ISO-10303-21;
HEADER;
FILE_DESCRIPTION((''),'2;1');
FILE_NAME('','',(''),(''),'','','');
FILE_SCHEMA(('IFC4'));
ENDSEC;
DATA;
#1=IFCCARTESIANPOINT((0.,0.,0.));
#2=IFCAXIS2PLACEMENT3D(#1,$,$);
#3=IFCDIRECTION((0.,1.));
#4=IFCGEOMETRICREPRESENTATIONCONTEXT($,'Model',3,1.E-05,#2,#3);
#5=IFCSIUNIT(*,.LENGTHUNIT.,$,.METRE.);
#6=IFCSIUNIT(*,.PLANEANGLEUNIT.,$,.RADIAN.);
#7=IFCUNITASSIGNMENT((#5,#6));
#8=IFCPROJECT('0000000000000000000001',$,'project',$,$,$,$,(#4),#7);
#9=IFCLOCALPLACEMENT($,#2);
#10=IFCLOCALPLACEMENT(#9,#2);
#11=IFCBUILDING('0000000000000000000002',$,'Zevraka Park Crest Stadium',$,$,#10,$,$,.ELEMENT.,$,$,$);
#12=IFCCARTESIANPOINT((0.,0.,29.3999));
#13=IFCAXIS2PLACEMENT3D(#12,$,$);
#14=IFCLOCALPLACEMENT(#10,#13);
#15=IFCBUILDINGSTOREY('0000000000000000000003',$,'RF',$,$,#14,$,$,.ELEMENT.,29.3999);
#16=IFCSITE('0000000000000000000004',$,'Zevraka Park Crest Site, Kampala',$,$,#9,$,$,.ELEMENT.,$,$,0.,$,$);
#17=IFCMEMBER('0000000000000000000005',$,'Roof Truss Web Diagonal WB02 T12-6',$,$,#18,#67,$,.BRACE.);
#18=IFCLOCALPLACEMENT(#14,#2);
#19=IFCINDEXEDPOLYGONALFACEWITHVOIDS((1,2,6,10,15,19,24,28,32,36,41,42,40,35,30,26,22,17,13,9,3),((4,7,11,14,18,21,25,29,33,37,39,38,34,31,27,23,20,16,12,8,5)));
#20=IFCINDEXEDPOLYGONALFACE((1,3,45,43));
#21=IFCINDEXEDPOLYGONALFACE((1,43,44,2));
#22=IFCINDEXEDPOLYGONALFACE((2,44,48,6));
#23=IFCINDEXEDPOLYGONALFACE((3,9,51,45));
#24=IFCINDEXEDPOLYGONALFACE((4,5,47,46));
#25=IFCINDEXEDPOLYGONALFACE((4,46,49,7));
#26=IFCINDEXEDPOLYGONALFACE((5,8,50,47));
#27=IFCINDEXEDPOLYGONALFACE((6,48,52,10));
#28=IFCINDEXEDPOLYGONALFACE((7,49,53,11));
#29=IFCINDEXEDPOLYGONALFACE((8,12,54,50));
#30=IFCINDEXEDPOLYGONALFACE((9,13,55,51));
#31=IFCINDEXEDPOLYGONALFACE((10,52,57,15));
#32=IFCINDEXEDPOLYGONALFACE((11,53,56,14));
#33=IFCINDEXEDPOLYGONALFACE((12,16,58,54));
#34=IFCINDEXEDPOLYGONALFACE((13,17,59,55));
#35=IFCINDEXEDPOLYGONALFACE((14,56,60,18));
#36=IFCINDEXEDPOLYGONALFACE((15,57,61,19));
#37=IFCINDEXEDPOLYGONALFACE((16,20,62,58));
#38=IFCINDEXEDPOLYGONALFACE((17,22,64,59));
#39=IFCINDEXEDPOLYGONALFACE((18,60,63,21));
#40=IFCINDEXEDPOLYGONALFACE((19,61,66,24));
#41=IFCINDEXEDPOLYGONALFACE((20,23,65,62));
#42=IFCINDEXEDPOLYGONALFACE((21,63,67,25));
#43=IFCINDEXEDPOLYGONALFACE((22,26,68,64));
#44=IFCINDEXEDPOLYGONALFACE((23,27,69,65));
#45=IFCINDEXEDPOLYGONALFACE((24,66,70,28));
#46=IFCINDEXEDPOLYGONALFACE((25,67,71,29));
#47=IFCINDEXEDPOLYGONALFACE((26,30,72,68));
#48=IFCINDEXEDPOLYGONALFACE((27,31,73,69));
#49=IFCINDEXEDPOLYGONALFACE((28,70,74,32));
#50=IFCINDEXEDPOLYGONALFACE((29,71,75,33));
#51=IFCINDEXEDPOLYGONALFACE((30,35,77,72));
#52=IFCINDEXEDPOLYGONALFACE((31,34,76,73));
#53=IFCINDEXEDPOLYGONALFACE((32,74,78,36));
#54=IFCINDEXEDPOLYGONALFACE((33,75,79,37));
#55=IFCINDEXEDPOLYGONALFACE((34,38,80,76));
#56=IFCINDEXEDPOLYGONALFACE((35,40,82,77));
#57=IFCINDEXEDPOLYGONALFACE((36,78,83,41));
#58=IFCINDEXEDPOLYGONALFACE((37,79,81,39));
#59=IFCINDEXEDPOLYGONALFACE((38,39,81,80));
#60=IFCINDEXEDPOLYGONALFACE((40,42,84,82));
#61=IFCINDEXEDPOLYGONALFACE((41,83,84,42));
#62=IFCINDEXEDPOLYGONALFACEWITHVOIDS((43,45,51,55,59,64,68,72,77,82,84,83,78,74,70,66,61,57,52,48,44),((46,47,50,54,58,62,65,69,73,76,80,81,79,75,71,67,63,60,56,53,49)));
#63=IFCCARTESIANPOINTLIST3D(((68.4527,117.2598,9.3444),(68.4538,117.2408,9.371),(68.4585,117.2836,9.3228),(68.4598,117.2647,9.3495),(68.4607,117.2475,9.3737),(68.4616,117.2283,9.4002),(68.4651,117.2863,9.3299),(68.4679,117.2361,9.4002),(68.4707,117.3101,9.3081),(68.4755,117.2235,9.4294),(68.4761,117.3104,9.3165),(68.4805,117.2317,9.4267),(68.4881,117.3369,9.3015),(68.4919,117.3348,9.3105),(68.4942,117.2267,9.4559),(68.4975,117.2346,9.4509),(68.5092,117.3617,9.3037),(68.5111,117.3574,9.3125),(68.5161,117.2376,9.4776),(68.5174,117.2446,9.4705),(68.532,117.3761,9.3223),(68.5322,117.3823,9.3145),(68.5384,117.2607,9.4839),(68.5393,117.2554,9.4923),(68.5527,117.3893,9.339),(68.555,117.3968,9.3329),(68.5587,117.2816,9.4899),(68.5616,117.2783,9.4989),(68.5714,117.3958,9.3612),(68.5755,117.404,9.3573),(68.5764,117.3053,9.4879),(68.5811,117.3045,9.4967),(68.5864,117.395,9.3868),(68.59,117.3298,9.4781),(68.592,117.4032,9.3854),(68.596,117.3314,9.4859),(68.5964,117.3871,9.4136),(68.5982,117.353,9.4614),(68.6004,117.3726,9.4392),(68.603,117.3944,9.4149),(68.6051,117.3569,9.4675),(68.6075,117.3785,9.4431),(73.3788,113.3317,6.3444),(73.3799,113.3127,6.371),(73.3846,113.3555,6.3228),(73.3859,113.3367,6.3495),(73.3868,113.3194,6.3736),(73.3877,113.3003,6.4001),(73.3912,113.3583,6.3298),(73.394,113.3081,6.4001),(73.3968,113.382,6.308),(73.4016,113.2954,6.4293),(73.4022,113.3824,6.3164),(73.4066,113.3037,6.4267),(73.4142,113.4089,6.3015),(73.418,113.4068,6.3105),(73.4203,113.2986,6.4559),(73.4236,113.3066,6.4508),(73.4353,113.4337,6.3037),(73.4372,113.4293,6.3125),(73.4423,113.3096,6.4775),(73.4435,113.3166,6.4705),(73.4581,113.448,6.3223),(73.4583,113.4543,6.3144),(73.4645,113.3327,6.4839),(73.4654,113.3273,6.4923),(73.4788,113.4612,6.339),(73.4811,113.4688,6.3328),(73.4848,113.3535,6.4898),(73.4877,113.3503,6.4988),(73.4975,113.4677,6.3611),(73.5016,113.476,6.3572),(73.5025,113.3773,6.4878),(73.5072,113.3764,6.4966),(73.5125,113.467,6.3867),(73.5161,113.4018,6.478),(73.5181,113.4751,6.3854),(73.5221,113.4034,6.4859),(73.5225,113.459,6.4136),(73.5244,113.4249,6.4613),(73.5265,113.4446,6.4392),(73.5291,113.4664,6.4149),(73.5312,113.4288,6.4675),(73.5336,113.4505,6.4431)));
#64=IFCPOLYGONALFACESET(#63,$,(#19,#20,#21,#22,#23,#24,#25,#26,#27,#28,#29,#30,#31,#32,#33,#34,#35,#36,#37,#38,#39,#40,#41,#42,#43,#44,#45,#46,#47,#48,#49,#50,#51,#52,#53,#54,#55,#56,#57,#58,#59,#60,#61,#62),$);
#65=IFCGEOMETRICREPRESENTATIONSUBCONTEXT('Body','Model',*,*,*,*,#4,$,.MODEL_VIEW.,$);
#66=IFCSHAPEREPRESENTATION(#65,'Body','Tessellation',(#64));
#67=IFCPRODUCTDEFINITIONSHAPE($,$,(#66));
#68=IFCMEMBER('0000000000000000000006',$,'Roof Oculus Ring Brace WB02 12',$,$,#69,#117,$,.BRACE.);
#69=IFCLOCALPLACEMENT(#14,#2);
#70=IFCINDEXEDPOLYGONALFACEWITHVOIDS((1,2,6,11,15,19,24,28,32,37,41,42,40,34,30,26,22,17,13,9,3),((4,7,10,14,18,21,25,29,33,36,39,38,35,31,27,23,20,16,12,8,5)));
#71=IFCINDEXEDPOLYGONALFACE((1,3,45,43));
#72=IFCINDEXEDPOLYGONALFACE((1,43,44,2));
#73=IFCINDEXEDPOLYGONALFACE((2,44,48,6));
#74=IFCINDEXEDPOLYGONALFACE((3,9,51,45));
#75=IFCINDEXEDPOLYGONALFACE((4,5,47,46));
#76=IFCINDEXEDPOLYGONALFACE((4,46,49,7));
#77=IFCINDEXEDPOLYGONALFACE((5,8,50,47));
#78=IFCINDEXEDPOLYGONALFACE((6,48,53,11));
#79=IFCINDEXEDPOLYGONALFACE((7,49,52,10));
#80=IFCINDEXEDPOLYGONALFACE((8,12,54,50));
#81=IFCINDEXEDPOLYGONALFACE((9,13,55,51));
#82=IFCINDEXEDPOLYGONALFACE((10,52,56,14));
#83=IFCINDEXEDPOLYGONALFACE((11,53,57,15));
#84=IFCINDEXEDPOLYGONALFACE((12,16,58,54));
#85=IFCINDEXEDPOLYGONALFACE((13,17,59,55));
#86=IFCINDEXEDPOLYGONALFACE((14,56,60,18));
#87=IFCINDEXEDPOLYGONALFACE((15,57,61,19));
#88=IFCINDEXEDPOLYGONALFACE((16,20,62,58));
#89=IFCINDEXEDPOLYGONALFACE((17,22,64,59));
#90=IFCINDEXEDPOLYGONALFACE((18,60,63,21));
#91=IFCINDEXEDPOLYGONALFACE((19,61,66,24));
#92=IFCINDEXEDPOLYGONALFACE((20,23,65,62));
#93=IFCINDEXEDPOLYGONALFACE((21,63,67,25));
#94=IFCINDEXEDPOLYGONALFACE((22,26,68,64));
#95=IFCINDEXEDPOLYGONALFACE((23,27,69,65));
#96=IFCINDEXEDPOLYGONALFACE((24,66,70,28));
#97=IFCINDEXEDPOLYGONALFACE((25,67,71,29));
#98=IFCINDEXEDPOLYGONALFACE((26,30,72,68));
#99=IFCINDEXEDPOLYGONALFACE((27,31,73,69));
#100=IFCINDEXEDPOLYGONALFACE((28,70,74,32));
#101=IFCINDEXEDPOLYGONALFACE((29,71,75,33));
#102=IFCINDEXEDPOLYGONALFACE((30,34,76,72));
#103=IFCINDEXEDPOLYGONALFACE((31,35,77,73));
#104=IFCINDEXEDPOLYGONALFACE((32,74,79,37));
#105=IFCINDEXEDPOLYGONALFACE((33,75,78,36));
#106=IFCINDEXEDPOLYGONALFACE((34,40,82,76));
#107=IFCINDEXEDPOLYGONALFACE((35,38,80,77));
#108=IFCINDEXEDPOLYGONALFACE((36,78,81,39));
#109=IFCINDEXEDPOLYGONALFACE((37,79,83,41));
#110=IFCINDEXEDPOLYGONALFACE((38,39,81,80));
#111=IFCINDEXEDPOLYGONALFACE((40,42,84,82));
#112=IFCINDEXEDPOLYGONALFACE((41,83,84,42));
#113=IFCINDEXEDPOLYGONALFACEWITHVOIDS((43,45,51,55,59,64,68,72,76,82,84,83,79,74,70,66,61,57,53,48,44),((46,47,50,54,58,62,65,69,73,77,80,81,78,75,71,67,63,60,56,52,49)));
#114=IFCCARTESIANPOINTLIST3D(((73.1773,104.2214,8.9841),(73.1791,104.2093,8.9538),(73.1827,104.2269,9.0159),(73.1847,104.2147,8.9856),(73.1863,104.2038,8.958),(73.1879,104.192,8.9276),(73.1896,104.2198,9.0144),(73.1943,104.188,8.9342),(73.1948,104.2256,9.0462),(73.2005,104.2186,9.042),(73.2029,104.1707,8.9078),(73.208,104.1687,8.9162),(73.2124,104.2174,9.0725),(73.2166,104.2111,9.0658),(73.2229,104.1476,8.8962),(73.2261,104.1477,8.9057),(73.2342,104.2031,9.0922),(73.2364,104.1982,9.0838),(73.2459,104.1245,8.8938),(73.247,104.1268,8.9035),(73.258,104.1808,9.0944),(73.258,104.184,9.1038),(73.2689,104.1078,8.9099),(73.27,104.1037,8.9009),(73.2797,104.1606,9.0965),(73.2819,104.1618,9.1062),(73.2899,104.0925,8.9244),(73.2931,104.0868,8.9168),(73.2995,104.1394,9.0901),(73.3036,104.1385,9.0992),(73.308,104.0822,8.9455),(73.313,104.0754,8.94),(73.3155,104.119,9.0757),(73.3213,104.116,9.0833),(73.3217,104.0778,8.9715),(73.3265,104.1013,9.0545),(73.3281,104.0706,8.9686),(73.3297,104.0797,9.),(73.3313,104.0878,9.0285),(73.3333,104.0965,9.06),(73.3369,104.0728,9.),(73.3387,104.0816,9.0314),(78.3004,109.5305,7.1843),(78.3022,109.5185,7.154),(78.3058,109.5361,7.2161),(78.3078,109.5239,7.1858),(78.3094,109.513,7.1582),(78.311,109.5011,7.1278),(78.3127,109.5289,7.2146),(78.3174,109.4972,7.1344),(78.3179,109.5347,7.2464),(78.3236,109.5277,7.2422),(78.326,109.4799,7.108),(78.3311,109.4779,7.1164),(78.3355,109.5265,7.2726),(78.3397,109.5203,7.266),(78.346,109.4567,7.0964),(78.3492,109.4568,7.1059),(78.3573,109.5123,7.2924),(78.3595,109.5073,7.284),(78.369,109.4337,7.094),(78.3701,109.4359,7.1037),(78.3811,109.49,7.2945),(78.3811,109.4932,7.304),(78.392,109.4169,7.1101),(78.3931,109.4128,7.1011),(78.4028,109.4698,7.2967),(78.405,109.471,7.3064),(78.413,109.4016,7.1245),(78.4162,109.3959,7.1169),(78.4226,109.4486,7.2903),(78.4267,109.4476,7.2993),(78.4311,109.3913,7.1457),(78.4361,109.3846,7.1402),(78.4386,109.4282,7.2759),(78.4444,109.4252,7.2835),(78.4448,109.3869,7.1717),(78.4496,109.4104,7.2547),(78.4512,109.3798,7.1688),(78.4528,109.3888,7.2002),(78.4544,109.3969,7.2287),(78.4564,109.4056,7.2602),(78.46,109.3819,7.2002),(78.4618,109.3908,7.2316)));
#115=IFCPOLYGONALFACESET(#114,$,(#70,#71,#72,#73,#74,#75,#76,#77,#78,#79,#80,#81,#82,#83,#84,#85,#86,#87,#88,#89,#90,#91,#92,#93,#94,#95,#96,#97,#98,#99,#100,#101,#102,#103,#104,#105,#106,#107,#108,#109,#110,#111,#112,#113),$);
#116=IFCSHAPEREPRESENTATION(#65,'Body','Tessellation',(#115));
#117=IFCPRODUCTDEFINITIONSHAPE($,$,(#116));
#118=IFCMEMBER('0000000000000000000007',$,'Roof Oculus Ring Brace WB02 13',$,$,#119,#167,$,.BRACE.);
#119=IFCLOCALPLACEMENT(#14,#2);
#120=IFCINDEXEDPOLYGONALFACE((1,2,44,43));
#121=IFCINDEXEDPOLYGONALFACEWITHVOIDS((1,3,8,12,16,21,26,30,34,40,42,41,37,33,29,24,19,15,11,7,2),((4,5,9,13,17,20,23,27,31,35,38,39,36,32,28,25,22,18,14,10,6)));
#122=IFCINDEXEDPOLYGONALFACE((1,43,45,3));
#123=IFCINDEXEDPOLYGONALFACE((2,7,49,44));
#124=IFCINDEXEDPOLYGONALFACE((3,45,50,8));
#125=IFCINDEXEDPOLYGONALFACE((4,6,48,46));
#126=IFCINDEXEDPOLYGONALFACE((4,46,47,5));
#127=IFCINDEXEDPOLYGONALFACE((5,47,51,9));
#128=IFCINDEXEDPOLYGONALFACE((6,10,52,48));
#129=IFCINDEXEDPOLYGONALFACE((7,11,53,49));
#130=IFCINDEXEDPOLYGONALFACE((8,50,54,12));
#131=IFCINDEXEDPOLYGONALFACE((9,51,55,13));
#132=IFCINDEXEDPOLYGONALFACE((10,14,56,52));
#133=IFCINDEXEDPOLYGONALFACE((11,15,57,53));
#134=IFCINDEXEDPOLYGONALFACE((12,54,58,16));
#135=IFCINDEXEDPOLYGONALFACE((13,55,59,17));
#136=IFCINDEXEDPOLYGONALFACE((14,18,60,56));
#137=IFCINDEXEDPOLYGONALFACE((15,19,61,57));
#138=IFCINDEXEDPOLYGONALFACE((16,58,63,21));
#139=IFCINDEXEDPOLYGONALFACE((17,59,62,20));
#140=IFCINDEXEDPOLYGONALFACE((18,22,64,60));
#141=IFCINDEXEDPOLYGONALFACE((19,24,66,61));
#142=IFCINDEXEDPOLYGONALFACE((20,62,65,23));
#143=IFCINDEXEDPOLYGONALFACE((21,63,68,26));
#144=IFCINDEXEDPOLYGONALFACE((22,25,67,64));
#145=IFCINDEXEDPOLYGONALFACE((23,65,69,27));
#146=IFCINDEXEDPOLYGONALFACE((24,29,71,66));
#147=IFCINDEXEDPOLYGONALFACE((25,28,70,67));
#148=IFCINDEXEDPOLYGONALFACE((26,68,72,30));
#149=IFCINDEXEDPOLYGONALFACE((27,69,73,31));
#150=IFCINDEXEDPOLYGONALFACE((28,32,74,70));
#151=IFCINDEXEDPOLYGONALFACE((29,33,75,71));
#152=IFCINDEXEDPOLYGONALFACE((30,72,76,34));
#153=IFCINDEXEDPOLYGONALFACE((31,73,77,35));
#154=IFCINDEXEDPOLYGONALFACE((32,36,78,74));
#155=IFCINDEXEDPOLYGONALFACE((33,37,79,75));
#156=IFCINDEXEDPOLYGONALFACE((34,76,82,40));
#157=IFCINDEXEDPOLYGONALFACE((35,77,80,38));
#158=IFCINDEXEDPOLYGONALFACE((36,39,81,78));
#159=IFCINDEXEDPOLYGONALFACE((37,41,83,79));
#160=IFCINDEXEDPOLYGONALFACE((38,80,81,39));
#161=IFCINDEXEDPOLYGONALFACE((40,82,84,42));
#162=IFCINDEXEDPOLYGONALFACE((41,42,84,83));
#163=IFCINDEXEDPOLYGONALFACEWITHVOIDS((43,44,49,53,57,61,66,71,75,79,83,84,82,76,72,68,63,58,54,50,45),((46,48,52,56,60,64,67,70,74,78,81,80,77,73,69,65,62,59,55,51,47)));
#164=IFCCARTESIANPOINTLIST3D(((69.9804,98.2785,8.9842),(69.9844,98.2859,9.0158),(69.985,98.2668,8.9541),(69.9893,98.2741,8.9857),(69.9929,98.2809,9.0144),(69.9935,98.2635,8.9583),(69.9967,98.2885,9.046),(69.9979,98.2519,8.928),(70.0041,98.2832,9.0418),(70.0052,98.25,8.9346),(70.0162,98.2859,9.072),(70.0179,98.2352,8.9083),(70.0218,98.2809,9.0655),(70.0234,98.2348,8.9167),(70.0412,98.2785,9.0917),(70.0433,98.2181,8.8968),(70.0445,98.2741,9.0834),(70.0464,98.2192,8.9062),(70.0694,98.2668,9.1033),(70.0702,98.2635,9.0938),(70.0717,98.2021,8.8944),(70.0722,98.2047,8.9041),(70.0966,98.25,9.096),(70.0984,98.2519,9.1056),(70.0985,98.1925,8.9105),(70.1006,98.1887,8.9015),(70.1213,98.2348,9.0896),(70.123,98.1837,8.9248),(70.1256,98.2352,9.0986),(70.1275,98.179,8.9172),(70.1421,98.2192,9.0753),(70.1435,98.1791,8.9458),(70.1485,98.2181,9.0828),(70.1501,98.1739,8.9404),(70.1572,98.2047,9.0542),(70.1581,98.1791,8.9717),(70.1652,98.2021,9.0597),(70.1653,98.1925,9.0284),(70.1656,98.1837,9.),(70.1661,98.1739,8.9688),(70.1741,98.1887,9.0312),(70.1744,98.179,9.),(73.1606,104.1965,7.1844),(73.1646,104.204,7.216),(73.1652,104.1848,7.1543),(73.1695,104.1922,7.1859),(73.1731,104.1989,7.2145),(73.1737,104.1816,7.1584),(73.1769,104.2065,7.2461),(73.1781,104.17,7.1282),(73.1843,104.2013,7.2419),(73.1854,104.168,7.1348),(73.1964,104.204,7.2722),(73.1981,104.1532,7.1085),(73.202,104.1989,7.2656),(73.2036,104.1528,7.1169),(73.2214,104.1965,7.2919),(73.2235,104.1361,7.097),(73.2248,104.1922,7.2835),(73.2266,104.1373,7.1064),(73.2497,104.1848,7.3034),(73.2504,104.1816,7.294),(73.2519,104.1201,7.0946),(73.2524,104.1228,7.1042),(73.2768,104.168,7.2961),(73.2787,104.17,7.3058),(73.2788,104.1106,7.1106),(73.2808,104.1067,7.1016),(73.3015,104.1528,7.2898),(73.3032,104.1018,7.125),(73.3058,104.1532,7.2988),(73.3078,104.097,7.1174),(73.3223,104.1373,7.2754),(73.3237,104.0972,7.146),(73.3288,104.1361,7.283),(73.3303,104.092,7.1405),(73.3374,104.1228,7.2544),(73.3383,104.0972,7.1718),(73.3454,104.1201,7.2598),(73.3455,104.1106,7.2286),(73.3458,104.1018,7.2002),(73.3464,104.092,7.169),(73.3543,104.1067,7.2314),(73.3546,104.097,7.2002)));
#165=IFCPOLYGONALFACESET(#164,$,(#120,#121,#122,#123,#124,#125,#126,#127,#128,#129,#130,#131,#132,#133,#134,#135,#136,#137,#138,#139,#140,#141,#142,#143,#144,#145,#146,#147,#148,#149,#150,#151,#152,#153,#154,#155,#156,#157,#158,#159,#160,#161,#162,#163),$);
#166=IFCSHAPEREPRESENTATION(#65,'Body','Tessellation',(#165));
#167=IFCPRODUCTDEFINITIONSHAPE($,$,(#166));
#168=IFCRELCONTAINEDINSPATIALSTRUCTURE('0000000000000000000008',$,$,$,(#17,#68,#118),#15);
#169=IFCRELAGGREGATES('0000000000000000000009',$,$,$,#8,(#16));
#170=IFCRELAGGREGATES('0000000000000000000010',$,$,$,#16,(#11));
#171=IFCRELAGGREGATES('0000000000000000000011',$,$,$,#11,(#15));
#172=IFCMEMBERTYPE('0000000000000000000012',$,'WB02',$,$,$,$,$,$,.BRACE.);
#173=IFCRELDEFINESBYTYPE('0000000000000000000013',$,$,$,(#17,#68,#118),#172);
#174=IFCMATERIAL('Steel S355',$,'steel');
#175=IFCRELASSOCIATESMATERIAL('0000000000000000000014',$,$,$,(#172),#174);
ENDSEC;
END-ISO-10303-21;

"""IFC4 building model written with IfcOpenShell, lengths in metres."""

from ifc_helpers import new_model, si_unit, direction, frame, origin, origin_2d, place, context, subcontext, project, spatial, hollow_circle, extrude, material, material_profile, profile_set, type_object, element, save


model = new_model("IFC4")

# Units and contexts
model_context = context("Model", 3, precision=1e-05, world=origin(), true_north=direction((0.0, 1.0)))
body_context = subcontext(model_context, "Body", "Model", "MODEL_VIEW")
ifc_project = project(units=[si_unit("LENGTHUNIT", "METRE"), si_unit("PLANEANGLEUNIT", "RADIAN")], contexts=[model_context])

# Site, building, storey
site_placement = place(None, origin())
site = spatial("IfcSite", under=ifc_project, at=site_placement, Name="Zevraka Park Crest Site, Kampala", CompositionType="ELEMENT", RefElevation=0.0)
building_placement = place(site_placement, origin())
building = spatial("IfcBuilding", under=site, at=building_placement, Name="Zevraka Park Crest Stadium", CompositionType="ELEMENT")
storey_placement = place(building_placement, frame((0.0, 0.0, 29.3999)))
storey = spatial("IfcBuildingStorey", under=building, at=storey_placement, Name="RF", CompositionType="ELEMENT", Elevation=29.3999)

# Members
ifc_material_1 = material(Name="Steel S355", Category="steel")
ifc_material_profile_1 = material_profile(ifc_material_1, hollow_circle(Radius=0.1096, WallThickness=0.01, at=origin_2d()), Name="CHS 219.1x10")
ifc_profile_set_1 = profile_set([ifc_material_profile_1], Name="Steel S355")
member_type_1 = type_object("IfcMemberType", Name="WB02", PredefinedType="BRACE", material=ifc_profile_set_1)
member_1_placement = place(storey_placement, frame((73.4561, 113.386, 6.4001), z_axis=(-0.70592, 0.562896, 0.429913), x_axis=(-0.623451, -0.781862, 0.0)))
element("IfcMember", 1, at=member_1_placement, inside=storey, type_object=member_type_1, Name="Roof Truss Web Diagonal WB02 T12-6", PredefinedType="BRACE", context=body_context, shape_type="SweptSolid", body=[
    extrude(hollow_circle(Radius=0.1096, WallThickness=0.01, at=origin_2d()), origin(), (0.0, 0.0, 1.0), 6.9783),
])
member_2_placement = place(storey_placement, frame((78.3811, 109.458, 7.2002), z_axis=(-0.674604, -0.699101, 0.236999), x_axis=(0.719602, -0.694387, 0.0)))
element("IfcMember", 2, at=member_2_placement, inside=storey, type_object=member_type_1, Name="Roof Oculus Ring Brace WB02 12", PredefinedType="BRACE", context=body_context, shape_type="SweptSolid", body=[
    extrude(hollow_circle(Radius=0.1096, WallThickness=0.01, at=origin_2d()), origin(), (0.0, 0.0, 1.0), 7.5942),
])
member_3_placement = place(storey_placement, frame((73.2581, 104.1489, 7.2002), z_axis=(-0.457235, -0.850866, 0.25877), x_axis=(0.88087, -0.473359, 0.0)))
element("IfcMember", 3, at=member_3_placement, inside=storey, type_object=member_type_1, Name="Roof Oculus Ring Brace WB02 13", PredefinedType="BRACE", context=body_context, shape_type="SweptSolid", body=[
    extrude(hollow_circle(Radius=0.1096, WallThickness=0.01, at=origin_2d()), origin(), (0.0, 0.0, 1.0), 6.9553),
])

save(model, "model.ifc")
